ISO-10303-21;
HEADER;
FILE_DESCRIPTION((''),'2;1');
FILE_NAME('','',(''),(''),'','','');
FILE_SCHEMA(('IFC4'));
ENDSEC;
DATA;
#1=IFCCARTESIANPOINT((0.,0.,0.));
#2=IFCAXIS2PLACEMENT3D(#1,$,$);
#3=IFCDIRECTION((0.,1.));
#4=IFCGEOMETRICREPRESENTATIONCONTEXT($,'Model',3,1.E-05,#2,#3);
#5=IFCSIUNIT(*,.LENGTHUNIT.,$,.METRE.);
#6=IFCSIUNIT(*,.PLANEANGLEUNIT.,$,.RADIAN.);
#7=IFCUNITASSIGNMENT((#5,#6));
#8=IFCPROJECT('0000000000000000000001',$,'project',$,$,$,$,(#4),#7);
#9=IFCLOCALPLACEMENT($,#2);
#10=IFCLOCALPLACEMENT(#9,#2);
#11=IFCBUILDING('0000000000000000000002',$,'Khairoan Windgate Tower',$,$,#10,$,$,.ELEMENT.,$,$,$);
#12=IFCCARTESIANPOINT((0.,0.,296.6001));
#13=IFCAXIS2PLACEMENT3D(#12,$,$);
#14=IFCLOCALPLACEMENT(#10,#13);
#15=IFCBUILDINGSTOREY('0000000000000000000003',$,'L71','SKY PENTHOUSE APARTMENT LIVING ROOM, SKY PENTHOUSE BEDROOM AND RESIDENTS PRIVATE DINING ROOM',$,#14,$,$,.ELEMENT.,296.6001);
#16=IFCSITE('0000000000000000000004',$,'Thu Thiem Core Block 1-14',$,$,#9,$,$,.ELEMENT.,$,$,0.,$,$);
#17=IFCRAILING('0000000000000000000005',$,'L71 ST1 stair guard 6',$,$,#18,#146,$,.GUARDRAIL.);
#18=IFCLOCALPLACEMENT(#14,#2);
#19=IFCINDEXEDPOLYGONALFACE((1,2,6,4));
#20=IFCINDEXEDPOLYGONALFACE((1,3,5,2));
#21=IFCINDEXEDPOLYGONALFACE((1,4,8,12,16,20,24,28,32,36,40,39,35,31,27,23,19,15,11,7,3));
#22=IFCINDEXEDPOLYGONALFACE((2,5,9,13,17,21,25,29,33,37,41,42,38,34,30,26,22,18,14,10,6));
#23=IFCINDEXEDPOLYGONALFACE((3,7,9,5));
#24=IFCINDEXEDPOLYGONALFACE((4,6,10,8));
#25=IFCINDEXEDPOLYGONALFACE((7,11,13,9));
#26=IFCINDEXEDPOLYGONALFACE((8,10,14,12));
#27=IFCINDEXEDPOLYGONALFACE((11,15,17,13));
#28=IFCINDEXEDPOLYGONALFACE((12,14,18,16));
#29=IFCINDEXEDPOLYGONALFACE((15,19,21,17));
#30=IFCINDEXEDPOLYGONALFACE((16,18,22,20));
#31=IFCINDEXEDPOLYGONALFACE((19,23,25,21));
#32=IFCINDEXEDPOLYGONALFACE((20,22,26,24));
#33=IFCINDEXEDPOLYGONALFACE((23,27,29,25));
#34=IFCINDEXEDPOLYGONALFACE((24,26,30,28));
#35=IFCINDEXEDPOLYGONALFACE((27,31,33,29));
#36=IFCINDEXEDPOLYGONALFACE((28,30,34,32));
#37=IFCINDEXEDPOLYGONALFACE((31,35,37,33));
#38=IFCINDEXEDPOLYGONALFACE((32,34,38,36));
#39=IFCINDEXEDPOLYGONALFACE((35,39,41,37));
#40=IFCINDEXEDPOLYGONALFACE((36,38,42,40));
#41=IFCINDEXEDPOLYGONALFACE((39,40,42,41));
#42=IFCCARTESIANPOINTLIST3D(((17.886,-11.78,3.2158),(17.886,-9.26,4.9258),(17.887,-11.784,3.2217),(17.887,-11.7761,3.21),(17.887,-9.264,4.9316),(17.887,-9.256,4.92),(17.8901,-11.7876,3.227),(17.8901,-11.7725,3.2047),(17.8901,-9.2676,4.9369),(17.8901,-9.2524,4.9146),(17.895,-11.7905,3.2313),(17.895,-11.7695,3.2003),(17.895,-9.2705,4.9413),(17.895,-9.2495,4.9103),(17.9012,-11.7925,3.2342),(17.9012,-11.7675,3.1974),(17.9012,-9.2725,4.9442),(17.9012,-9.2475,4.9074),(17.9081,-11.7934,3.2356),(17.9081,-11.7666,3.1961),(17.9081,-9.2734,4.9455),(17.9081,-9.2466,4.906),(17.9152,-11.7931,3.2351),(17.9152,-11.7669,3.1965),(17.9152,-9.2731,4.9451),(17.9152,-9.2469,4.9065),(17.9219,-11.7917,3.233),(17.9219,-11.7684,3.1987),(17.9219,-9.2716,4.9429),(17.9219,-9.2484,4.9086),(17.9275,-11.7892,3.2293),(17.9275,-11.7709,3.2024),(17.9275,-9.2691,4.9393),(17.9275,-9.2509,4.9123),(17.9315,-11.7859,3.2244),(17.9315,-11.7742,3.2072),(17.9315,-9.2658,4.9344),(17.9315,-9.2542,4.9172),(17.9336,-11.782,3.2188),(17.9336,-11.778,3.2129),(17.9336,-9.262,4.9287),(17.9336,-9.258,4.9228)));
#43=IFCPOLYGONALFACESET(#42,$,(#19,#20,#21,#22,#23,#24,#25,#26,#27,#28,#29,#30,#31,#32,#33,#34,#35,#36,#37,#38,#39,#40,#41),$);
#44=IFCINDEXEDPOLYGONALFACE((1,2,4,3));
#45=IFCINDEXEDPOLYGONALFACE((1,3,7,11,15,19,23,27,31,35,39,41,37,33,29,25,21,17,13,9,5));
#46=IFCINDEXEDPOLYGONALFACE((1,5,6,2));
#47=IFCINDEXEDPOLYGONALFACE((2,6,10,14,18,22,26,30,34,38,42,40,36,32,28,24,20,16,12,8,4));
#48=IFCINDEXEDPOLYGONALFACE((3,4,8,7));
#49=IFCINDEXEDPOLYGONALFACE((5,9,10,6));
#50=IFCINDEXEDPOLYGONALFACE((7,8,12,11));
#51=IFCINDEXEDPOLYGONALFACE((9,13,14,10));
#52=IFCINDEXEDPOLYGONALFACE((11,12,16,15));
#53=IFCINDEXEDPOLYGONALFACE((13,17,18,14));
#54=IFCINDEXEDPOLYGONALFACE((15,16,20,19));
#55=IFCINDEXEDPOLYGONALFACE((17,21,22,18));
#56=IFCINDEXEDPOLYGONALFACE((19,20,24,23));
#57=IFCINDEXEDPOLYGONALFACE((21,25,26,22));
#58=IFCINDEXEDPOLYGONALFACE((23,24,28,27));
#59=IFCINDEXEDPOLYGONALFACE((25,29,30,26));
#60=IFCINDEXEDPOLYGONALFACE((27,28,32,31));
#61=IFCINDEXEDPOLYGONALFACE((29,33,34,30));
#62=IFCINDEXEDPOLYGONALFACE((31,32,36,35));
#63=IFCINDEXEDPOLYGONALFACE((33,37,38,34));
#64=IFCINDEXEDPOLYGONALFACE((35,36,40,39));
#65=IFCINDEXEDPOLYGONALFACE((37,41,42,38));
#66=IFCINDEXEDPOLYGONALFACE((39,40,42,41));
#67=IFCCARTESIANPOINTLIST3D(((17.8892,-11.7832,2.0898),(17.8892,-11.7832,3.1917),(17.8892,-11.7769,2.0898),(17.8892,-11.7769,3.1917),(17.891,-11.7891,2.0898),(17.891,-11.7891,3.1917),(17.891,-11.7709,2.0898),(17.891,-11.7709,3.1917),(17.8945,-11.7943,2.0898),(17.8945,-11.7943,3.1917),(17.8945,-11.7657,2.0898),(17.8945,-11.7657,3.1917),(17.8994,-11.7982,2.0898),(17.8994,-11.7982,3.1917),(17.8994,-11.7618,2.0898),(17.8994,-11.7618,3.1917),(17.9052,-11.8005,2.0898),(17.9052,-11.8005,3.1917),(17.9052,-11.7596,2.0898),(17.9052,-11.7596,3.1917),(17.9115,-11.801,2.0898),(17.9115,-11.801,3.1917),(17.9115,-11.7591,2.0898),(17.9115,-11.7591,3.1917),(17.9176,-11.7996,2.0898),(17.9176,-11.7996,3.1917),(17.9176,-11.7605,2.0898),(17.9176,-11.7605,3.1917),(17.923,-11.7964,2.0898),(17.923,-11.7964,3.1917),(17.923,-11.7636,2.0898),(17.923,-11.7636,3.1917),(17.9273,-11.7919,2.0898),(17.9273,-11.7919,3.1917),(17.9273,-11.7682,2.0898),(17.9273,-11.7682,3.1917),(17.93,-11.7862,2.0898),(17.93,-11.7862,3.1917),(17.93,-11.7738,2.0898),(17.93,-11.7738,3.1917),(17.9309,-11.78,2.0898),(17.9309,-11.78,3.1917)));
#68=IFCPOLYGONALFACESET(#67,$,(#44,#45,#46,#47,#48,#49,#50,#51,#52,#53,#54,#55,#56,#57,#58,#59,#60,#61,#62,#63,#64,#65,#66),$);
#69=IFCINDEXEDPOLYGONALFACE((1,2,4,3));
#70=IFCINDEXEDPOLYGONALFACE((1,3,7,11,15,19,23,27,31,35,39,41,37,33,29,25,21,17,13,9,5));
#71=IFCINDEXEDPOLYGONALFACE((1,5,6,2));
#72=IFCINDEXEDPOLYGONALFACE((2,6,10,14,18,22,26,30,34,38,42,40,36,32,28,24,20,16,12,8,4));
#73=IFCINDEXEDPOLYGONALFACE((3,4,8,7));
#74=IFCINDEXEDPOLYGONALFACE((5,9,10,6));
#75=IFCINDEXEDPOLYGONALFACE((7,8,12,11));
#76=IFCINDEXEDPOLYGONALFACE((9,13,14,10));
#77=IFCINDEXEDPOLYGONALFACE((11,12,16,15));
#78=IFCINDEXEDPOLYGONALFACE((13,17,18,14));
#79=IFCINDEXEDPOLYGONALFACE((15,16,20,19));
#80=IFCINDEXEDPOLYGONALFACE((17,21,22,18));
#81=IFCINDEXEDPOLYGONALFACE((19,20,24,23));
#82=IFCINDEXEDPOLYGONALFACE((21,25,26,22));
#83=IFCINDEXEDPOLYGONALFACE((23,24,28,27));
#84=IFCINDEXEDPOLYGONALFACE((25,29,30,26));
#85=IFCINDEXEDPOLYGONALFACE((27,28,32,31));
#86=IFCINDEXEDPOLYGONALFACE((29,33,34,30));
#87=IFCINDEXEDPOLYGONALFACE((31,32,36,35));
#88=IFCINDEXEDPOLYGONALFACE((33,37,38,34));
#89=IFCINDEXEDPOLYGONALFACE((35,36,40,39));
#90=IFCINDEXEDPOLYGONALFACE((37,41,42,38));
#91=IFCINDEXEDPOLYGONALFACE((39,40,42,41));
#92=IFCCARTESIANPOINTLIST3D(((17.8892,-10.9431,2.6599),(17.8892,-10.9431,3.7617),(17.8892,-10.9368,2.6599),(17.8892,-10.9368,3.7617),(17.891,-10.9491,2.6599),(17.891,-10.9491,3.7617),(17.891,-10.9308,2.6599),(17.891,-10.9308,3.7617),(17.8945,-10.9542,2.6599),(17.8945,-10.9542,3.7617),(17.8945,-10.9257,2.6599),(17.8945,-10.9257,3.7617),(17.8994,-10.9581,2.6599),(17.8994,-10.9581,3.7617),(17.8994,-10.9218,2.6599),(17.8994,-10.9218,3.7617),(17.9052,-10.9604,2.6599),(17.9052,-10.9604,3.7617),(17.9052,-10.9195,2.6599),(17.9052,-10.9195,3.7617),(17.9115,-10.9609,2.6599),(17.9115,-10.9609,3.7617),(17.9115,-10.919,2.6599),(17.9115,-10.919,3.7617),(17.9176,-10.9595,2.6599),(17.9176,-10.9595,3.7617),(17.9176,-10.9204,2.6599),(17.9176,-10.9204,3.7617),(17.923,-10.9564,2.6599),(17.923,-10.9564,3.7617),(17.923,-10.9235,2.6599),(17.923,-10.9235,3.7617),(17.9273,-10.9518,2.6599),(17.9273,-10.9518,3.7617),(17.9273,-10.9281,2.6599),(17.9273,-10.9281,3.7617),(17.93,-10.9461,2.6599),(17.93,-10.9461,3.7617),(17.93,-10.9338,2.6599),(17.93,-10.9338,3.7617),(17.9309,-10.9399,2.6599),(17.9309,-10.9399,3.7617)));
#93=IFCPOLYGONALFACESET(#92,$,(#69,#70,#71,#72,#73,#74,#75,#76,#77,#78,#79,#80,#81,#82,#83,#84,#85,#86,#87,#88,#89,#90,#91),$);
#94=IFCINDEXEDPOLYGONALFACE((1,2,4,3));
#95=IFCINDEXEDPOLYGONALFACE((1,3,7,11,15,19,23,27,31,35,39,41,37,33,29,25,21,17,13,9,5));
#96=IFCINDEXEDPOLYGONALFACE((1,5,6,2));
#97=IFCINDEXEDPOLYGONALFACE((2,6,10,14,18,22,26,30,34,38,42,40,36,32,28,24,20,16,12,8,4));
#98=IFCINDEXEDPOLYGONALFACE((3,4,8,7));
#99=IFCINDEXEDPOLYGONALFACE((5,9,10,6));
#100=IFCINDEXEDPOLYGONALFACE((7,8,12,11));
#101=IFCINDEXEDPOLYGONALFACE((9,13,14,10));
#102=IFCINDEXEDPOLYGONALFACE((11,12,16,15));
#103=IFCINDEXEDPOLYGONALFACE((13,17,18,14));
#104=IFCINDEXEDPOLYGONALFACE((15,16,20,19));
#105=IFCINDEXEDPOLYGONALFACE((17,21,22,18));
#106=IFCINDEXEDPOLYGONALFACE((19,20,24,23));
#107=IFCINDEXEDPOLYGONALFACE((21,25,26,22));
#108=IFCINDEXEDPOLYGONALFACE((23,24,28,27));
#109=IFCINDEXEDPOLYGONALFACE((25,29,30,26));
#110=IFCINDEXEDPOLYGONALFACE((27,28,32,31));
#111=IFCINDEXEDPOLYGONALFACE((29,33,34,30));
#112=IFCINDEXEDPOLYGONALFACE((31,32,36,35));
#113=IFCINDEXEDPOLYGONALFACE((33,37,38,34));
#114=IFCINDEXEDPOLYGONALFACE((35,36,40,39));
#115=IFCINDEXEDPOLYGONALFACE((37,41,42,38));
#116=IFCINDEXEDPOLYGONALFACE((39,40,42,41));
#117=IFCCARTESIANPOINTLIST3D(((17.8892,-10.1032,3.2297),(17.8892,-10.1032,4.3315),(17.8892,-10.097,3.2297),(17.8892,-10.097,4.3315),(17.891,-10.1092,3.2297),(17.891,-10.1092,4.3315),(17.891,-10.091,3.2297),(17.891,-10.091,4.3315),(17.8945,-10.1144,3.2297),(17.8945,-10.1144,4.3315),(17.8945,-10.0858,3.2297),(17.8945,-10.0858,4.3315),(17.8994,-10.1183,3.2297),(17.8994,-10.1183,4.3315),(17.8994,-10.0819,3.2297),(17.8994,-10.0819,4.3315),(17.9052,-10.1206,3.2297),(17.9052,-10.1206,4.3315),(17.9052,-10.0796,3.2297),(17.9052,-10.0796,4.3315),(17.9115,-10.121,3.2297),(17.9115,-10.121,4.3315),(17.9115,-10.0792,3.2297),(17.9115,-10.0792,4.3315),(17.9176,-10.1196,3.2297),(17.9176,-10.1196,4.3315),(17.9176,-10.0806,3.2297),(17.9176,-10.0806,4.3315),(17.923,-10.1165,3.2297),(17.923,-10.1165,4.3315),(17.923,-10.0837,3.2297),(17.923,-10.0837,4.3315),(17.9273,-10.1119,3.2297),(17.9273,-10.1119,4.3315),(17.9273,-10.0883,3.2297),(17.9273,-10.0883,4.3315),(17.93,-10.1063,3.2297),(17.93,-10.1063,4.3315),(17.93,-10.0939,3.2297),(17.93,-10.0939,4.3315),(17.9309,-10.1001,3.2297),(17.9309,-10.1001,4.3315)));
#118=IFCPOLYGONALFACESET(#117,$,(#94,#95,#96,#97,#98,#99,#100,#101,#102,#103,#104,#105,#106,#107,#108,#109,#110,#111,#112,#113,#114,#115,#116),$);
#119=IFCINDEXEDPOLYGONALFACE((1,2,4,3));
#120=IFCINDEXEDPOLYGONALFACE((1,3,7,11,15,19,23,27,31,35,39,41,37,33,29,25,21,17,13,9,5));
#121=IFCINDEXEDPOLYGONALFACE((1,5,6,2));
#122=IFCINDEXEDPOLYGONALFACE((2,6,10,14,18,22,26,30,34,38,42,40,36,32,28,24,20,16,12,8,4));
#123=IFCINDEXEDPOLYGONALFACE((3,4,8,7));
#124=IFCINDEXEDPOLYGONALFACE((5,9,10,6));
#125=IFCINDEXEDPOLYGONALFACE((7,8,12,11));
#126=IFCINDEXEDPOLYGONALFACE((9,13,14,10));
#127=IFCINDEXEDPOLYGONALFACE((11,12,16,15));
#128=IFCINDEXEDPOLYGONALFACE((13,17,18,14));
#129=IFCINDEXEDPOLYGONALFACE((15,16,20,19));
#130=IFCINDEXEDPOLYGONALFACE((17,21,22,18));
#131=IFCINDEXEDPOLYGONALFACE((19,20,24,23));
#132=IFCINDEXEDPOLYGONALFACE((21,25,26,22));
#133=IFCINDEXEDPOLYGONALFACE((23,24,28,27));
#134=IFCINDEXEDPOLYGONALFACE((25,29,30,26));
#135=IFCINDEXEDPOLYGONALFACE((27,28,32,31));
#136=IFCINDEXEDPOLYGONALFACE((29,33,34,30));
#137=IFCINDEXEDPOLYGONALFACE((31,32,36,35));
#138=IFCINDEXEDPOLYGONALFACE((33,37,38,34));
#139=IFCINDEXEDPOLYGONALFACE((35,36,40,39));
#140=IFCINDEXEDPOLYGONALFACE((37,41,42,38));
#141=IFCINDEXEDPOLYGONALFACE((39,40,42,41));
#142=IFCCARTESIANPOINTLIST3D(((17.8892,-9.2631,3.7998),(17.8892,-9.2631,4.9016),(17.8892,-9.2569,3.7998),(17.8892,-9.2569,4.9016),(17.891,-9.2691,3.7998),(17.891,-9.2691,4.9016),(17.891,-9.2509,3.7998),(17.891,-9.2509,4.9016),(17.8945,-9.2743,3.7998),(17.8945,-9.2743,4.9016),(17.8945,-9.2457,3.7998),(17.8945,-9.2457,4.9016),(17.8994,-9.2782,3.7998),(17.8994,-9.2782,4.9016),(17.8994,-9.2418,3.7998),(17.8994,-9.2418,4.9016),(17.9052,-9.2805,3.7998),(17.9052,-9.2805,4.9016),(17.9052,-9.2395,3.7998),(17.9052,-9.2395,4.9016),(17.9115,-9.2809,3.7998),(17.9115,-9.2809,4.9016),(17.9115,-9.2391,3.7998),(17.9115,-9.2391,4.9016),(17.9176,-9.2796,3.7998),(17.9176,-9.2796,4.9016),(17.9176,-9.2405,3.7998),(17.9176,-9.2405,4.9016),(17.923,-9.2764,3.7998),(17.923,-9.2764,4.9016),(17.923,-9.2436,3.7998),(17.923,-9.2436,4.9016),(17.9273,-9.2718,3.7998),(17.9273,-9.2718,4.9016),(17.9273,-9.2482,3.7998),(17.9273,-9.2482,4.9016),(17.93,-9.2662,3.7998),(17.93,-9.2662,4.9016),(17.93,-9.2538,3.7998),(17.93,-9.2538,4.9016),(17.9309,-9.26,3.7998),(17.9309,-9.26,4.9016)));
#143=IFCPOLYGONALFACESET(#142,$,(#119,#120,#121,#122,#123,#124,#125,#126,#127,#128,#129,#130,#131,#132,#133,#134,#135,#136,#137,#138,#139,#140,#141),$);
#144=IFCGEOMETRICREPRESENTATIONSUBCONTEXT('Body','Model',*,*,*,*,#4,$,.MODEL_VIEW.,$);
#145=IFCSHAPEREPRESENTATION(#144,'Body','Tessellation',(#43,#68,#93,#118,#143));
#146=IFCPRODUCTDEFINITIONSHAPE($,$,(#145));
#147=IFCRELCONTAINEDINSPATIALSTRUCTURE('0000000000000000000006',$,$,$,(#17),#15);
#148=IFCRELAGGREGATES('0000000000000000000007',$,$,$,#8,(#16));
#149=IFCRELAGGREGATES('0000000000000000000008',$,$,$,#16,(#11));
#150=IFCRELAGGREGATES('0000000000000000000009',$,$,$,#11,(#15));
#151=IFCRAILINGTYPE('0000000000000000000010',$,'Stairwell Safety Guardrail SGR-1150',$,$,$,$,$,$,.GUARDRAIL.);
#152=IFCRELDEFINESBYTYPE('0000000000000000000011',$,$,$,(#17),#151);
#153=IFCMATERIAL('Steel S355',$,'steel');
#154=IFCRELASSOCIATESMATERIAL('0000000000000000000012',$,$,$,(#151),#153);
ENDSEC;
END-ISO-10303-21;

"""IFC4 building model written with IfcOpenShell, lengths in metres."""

from ifc_helpers import new_model, si_unit, direction, frame, origin, origin_2d, place, context, subcontext, project, spatial, circle, extrude, material, type_object, element, save


model = new_model("IFC4")

# Units and contexts
model_context = context("Model", 3, precision=1e-05, world=origin(), true_north=direction((0.0, 1.0)))
body_context = subcontext(model_context, "Body", "Model", "MODEL_VIEW")
ifc_project = project(units=[si_unit("LENGTHUNIT", "METRE"), si_unit("PLANEANGLEUNIT", "RADIAN")], contexts=[model_context])

# Site, building, storey
site_placement = place(None, origin())
site = spatial("IfcSite", under=ifc_project, at=site_placement, Name="Thu Thiem Core Block 1-14", CompositionType="ELEMENT", RefElevation=0.0)
building_placement = place(site_placement, origin())
building = spatial("IfcBuilding", under=site, at=building_placement, Name="Khairoan Windgate Tower", CompositionType="ELEMENT")
storey_placement = place(building_placement, frame((0.0, 0.0, 296.6001)))
storey = spatial("IfcBuildingStorey", under=building, at=storey_placement, Name="L71", Description="SKY PENTHOUSE APARTMENT LIVING ROOM, SKY PENTHOUSE BEDROOM AND RESIDENTS PRIVATE DINING ROOM", CompositionType="ELEMENT", Elevation=296.6001)

# Railing
ifc_material_1 = material(Name="Steel S355", Category="steel")
railing_type_1 = type_object("IfcRailingType", Name="Stairwell Safety Guardrail SGR-1150", PredefinedType="GUARDRAIL", material=ifc_material_1)
railing_1_placement = place(storey_placement, frame((17.9099, -11.78, 2.0898)))
element("IfcRailing", 1, at=railing_1_placement, inside=storey, type_object=railing_type_1, Name="L71 ST1 stair guard 6", PredefinedType="GUARDRAIL", context=body_context, shape_type="SweptSolid", body=[
    extrude(circle(Radius=0.0239, at=origin_2d()), frame((0.0, 0.0, 1.126), z_axis=(0.0, 0.827484, 0.56149), x_axis=(-1.0, 0.0, 0.0)), (0.0, 0.0, 1.0), 3.0454),
    extrude(circle(Radius=0.021, at=origin_2d()), origin(), (0.0, 0.0, 1.0), 1.1018),
    extrude(circle(Radius=0.021, at=origin_2d()), frame((0.0, 0.8401, 0.5701)), (0.0, 0.0, 1.0), 1.1018),
    extrude(circle(Radius=0.021, at=origin_2d()), frame((0.0, 1.6799, 1.1399)), (0.0, 0.0, 1.0), 1.1018),
    extrude(circle(Radius=0.021, at=origin_2d()), frame((0.0, 2.52, 1.71)), (0.0, 0.0, 1.0), 1.1018),
])

save(model, "model.ifc")
